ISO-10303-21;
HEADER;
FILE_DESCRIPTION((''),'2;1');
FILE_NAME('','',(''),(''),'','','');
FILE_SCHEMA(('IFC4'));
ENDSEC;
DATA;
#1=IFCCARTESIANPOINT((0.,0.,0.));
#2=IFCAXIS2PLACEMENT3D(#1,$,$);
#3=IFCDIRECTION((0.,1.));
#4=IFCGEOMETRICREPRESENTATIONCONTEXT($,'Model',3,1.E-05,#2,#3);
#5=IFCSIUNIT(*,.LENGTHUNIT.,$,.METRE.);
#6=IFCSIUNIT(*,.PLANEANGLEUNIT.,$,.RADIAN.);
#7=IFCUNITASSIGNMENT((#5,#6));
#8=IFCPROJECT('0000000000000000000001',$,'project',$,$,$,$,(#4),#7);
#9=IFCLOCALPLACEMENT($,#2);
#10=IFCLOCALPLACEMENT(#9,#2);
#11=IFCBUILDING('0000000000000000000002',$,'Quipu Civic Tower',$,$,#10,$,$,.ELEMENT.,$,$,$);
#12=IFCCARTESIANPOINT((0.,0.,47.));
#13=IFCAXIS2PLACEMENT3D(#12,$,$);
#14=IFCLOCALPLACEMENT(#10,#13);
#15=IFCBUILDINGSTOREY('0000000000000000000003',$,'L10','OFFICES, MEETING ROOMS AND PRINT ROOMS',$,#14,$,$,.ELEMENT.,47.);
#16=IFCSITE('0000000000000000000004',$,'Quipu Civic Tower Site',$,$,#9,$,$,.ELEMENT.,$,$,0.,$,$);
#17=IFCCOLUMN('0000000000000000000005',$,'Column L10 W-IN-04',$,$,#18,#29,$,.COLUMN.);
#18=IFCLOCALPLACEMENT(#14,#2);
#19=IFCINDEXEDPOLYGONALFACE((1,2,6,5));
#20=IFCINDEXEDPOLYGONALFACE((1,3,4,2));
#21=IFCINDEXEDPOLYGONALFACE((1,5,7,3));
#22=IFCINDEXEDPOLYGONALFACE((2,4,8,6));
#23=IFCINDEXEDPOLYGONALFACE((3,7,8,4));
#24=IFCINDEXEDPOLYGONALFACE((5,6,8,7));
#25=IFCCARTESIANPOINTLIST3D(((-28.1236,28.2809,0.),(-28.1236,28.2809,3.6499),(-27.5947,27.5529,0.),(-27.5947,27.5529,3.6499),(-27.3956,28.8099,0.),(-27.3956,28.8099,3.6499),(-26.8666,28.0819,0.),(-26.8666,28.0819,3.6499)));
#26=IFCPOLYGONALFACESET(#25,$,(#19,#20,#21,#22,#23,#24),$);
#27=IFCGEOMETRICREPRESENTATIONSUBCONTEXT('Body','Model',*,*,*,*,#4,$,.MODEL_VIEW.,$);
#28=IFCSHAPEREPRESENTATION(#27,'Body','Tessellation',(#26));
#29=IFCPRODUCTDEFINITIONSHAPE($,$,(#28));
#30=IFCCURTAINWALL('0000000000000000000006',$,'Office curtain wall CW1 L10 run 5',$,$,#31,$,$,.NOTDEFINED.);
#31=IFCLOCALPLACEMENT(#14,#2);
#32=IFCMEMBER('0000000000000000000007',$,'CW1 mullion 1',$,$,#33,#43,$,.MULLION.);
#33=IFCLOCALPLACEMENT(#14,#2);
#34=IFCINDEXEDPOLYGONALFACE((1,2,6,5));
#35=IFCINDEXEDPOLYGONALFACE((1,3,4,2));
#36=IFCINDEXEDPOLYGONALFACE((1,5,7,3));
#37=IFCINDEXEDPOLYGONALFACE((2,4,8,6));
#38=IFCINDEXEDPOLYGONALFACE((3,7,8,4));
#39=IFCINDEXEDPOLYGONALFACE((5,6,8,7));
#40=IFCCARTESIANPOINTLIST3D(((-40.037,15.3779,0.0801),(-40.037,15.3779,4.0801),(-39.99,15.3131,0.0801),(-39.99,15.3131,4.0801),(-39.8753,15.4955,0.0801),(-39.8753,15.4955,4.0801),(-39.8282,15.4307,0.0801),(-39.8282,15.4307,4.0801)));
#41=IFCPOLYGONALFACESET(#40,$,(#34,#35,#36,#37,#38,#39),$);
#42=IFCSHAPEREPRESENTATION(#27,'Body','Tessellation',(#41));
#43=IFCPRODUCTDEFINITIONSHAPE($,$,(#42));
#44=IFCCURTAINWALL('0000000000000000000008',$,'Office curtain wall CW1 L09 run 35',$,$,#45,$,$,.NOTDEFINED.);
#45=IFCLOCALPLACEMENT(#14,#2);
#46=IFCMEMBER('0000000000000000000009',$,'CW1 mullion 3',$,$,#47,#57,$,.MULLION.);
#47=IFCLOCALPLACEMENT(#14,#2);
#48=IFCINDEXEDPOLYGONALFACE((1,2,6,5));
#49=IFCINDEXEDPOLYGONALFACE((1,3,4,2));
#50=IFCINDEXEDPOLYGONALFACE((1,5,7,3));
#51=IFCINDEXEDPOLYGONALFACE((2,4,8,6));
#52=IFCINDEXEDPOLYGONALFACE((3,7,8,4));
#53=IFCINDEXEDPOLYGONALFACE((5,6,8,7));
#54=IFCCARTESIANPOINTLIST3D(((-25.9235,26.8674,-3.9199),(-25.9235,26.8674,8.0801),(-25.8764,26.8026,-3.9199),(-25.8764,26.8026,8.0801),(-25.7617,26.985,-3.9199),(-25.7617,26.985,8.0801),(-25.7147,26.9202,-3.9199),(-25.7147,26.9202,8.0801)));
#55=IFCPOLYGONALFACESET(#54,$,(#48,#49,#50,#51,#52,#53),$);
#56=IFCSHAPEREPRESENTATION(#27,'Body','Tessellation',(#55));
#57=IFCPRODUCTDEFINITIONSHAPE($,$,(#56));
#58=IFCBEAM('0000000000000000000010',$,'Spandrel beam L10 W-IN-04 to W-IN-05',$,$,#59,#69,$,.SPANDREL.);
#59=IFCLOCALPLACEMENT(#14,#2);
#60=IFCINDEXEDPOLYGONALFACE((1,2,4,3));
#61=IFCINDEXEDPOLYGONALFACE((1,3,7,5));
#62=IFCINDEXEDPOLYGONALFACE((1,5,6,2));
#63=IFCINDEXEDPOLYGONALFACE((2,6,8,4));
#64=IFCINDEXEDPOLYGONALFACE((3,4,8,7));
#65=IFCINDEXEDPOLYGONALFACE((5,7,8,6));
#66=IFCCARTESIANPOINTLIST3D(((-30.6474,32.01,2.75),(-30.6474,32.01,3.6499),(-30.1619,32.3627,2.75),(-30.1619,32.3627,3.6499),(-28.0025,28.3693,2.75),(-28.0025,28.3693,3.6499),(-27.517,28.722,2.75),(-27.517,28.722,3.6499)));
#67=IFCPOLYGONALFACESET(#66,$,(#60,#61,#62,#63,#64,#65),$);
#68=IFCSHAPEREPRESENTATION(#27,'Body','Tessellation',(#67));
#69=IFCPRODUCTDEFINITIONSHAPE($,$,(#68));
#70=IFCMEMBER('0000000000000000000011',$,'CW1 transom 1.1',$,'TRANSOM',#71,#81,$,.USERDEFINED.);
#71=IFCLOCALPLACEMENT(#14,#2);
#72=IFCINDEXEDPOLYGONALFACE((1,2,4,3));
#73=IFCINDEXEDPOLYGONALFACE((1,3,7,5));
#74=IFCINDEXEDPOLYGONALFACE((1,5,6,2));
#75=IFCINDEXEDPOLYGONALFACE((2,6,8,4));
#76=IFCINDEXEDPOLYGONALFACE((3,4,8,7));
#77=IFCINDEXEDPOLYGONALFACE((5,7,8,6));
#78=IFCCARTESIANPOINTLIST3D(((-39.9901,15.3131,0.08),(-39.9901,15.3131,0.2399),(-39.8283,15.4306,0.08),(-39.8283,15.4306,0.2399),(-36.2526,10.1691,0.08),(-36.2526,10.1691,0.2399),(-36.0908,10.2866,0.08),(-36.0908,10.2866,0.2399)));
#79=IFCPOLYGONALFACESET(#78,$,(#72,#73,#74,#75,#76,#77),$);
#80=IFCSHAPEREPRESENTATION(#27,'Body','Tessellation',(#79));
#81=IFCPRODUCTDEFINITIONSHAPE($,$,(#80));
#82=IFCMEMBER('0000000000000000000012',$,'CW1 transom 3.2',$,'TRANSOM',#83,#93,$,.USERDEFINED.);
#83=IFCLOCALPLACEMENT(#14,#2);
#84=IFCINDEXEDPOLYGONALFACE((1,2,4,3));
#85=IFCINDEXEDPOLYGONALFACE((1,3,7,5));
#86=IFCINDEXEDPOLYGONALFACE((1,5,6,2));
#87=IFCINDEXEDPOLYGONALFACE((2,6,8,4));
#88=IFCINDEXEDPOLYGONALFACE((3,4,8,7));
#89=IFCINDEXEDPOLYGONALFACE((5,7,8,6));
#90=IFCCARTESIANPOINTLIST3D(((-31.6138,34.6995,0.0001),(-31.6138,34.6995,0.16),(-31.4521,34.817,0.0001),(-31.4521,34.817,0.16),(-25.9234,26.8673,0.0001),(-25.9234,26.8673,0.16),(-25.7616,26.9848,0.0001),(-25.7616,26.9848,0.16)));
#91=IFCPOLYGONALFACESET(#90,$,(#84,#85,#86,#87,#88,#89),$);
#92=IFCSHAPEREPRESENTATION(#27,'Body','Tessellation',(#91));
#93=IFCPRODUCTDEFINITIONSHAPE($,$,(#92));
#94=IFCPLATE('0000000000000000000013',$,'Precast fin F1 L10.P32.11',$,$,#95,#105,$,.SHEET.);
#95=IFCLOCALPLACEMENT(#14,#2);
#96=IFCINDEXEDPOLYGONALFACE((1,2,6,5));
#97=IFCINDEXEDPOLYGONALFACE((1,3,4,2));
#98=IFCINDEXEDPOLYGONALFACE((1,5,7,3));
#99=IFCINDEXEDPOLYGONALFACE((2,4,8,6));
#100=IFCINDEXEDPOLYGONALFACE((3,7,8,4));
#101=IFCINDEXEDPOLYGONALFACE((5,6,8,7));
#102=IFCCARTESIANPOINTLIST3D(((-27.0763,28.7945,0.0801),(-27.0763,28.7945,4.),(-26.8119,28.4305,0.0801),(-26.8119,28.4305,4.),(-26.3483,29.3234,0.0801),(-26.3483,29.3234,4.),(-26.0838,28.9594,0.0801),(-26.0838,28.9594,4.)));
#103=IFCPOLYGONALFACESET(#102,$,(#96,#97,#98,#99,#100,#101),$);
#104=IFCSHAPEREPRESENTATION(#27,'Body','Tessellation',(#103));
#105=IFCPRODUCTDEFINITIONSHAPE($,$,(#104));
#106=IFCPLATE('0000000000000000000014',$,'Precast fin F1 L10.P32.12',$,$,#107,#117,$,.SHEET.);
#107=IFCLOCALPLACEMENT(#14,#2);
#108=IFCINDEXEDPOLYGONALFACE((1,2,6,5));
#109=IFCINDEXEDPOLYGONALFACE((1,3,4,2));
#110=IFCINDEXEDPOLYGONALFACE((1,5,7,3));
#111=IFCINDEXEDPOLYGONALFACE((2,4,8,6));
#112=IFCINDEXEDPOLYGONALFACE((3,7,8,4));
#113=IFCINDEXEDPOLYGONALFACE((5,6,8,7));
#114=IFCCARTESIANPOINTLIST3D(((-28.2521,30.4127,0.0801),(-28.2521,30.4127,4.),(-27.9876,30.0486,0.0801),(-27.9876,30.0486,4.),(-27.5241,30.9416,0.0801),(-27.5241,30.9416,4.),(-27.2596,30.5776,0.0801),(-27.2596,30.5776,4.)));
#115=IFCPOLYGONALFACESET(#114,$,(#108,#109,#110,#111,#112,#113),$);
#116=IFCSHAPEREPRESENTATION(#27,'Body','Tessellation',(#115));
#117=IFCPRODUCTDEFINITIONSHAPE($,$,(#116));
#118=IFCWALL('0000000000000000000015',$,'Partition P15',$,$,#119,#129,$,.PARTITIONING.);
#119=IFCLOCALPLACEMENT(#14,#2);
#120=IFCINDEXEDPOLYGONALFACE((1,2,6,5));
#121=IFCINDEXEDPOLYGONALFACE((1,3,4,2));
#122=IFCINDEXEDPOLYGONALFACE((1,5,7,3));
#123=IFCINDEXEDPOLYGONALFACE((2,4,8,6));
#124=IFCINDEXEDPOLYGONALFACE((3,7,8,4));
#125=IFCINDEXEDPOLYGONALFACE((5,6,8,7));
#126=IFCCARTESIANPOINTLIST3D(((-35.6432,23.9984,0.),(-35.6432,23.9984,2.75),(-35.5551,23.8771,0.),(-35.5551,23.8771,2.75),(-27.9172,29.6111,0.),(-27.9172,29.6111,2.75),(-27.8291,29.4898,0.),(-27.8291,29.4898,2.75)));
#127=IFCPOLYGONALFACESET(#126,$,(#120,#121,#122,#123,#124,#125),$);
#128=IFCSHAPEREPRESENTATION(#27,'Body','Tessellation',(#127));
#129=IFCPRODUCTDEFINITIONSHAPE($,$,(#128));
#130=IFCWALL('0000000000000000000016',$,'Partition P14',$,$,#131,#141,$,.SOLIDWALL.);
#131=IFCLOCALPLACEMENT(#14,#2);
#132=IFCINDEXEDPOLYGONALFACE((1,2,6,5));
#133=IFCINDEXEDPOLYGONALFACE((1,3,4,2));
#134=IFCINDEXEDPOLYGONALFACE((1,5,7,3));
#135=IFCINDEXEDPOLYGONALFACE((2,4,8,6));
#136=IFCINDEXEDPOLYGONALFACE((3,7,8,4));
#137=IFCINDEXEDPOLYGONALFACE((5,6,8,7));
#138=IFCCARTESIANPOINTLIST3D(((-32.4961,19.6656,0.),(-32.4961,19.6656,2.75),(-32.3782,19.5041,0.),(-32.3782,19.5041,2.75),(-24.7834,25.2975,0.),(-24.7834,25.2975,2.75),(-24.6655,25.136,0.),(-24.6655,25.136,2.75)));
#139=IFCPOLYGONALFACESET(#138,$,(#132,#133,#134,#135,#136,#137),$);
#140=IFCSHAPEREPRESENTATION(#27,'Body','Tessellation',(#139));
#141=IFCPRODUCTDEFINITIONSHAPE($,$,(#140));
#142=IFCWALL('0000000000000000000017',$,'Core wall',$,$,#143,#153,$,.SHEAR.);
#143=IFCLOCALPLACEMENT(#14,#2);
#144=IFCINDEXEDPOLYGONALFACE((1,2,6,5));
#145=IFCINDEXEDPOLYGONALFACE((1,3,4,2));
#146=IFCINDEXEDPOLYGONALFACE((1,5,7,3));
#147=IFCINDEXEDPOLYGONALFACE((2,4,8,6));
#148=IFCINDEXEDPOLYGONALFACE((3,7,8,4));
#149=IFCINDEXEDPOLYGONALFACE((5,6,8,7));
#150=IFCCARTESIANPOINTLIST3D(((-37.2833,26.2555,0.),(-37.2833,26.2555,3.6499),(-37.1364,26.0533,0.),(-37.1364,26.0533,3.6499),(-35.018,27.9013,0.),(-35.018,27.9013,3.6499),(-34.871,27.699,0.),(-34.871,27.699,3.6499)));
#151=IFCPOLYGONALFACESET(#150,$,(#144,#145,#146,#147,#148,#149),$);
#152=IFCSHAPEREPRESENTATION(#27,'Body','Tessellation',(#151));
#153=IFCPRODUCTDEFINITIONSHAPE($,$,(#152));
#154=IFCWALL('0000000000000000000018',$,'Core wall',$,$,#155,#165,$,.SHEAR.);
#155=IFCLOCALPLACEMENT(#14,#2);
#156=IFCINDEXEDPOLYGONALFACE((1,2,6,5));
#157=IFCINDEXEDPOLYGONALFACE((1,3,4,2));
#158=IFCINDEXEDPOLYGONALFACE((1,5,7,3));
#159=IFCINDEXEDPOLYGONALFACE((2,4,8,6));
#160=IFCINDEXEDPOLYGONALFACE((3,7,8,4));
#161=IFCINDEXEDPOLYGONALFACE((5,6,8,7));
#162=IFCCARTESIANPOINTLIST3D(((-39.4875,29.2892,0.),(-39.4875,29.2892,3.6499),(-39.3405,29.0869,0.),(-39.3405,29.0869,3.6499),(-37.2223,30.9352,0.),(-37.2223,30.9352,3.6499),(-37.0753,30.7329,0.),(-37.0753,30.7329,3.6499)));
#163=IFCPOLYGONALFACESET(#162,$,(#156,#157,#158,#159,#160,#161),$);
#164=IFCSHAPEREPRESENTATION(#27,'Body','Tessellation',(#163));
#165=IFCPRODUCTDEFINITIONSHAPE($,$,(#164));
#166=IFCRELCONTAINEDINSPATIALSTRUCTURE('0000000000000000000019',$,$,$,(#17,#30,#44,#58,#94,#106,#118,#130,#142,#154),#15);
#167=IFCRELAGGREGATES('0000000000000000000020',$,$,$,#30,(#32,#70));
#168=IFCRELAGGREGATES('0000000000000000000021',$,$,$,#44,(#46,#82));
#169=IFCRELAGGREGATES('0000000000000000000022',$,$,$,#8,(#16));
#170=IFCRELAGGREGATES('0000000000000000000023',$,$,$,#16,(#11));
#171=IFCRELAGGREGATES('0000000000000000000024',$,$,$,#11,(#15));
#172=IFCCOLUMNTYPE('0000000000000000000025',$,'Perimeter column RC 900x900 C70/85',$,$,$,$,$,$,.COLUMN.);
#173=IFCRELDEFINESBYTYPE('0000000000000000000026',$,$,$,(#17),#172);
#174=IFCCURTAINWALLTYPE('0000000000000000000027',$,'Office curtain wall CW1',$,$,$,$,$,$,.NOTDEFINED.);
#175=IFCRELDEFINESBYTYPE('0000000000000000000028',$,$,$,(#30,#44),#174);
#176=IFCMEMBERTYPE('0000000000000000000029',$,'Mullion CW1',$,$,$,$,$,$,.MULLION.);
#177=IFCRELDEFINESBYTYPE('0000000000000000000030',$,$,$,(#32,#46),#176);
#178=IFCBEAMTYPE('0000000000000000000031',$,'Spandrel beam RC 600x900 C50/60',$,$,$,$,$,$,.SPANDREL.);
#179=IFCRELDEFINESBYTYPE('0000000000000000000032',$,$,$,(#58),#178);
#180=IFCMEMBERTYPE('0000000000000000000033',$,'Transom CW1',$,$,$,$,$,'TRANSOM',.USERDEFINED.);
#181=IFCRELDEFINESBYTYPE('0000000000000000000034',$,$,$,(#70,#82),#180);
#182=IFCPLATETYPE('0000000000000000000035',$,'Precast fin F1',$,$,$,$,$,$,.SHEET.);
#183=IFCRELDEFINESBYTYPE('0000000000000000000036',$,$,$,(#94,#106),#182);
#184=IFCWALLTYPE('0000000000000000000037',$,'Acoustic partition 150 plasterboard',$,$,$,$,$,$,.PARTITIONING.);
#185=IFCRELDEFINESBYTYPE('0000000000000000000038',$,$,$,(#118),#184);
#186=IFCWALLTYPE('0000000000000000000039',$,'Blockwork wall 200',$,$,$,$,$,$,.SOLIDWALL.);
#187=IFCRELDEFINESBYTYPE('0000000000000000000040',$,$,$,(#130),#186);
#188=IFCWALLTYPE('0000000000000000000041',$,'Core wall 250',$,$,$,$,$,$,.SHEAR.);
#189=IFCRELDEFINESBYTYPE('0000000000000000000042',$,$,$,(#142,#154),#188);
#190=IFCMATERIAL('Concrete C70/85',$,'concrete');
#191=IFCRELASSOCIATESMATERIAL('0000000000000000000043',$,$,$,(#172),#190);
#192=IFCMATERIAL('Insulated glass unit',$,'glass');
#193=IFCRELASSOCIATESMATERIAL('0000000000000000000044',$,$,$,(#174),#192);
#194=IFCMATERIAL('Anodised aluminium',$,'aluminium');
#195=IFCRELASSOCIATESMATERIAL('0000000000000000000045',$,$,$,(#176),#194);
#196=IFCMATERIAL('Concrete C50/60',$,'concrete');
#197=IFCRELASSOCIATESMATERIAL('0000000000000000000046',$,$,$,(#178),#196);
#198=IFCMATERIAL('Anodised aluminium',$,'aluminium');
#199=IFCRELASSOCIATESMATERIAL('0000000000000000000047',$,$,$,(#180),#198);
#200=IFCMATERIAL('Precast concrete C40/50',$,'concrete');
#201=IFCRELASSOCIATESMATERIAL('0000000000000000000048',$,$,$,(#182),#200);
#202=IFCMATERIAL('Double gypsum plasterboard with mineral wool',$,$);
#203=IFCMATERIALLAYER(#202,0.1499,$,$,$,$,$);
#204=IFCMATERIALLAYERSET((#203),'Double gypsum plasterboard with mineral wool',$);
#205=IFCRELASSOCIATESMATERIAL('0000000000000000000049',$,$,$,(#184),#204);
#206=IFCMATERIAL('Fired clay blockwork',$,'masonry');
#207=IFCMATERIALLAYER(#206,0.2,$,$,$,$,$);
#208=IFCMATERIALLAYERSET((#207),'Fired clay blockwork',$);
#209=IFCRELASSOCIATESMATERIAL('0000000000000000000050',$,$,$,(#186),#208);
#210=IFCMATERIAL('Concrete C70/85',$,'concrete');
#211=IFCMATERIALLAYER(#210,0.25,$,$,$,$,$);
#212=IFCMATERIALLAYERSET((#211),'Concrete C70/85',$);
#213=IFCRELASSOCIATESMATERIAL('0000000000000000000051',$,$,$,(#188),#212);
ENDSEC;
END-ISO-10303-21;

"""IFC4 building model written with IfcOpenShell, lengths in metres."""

from ifc_helpers import new_model, si_unit, direction, frame, frame_2d, origin, origin_2d, place, context, subcontext, project, spatial, rectangle, extrude, material, layer, layer_set, material_profile, profile_set, type_object, element, aggregate, save


model = new_model("IFC4")

# Units and contexts
model_context = context("Model", 3, precision=1e-05, world=origin(), true_north=direction((0.0, 1.0)))
body_context = subcontext(model_context, "Body", "Model", "MODEL_VIEW")
ifc_project = project(units=[si_unit("LENGTHUNIT", "METRE"), si_unit("PLANEANGLEUNIT", "RADIAN")], contexts=[model_context])

# Site, building, storey
site_placement = place(None, origin())
site = spatial("IfcSite", under=ifc_project, at=site_placement, Name="Quipu Civic Tower Site", CompositionType="ELEMENT", RefElevation=0.0)
building_placement = place(site_placement, origin())
building = spatial("IfcBuilding", under=site, at=building_placement, Name="Quipu Civic Tower", CompositionType="ELEMENT")
storey_placement = place(building_placement, frame((0.0, 0.0, 47.0)))
storey = spatial("IfcBuildingStorey", under=building, at=storey_placement, Name="L10", Description="OFFICES, MEETING ROOMS AND PRINT ROOMS", CompositionType="ELEMENT", Elevation=47.0)

# Column
ifc_material_1 = material(Name="Concrete C70/85", Category="concrete")
ifc_material_profile_1 = material_profile(ifc_material_1, rectangle(XDim=0.8999, YDim=0.8999, at=origin_2d()), Name="RC900x900")
ifc_profile_set_1 = profile_set([ifc_material_profile_1], Name="Concrete C70/85")
column_type = type_object("IfcColumnType", Name="Perimeter column RC 900x900 C70/85", PredefinedType="COLUMN", material=ifc_profile_set_1)
column_placement = place(storey_placement, frame((-27.4951, 28.1814, 0.0), z_axis=(0.0, 0.0, 1.0), x_axis=(-0.587785, 0.809017, 0.0)))
element("IfcColumn", 1, at=column_placement, inside=storey, type_object=column_type, Name="Column L10 W-IN-04", PredefinedType="COLUMN", context=body_context, shape_type="SweptSolid", body=[
    extrude(rectangle(XDim=0.8999, YDim=0.8999, at=origin_2d()), origin(), (0.0, 0.0, 1.0), 3.6499),
])

# Curtain walls, members
ifc_material_2 = material(Name="Insulated glass unit", Category="glass")
curtain_wall_type = type_object("IfcCurtainWallType", Name="Office curtain wall CW1", PredefinedType="NOTDEFINED", material=ifc_material_2)
curtain_wall_1_placement = place(storey_placement, origin())
curtain_wall_1 = element("IfcCurtainWall", 2, at=curtain_wall_1_placement, inside=storey, type_object=curtain_wall_type, Name="Office curtain wall CW1 L10 run 5", PredefinedType="NOTDEFINED")
ifc_material_3 = material(Name="Anodised aluminium", Category="aluminium")
ifc_material_profile_2 = material_profile(ifc_material_3, rectangle(XDim=0.2, YDim=0.0801, at=origin_2d()), Name="RECT 200x80")
ifc_profile_set_2 = profile_set([ifc_material_profile_2], Name="Anodised aluminium")
member_type_1 = type_object("IfcMemberType", Name="Mullion CW1", PredefinedType="MULLION", material=ifc_profile_set_2)
member_1_placement = place(storey_placement, frame((-39.9326, 15.4043, 0.0801), z_axis=(0.0, 0.0, 1.0), x_axis=(0.809019, 0.587783, 0.0)))
member_1 = element("IfcMember", 3, at=member_1_placement, type_object=member_type_1, Name="CW1 mullion 1", PredefinedType="MULLION", context=body_context, shape_type="SweptSolid", body=[
    extrude(rectangle(XDim=0.2, YDim=0.0801, at=origin_2d()), origin(), (0.0, 0.0, 1.0), 4.0),
])
curtain_wall_2_placement = place(storey_placement, origin())
curtain_wall_2 = element("IfcCurtainWall", 4, at=curtain_wall_2_placement, inside=storey, type_object=curtain_wall_type, Name="Office curtain wall CW1 L09 run 35", PredefinedType="NOTDEFINED")
member_2_placement = place(storey_placement, frame((-25.8191, 26.8938, -3.9199), z_axis=(0.0, 0.0, 1.0), x_axis=(-0.809017, -0.587786, 0.0)))
member_2 = element("IfcMember", 5, at=member_2_placement, type_object=member_type_1, Name="CW1 mullion 3", PredefinedType="MULLION", context=body_context, shape_type="SweptSolid", body=[
    extrude(rectangle(XDim=0.2, YDim=0.0801, at=origin_2d()), origin(), (0.0, 0.0, 1.0), 12.0),
])

# Beam
ifc_material_4 = material(Name="Concrete C50/60", Category="concrete")
ifc_material_profile_3 = material_profile(ifc_material_4, rectangle(XDim=0.6001, YDim=0.8999, at=origin_2d()), Name="RC600x900")
ifc_profile_set_3 = profile_set([ifc_material_profile_3], Name="Concrete C50/60")
beam_type = type_object("IfcBeamType", Name="Spandrel beam RC 600x900 C50/60", PredefinedType="SPANDREL", material=ifc_profile_set_3)
beam_placement = place(storey_placement, frame((-27.7598, 28.5457, 3.2), z_axis=(-0.587743, 0.809048, 0.0), x_axis=(-0.809048, -0.587743, 0.0)))
element("IfcBeam", 6, at=beam_placement, inside=storey, type_object=beam_type, Name="Spandrel beam L10 W-IN-04 to W-IN-05", PredefinedType="SPANDREL", context=body_context, shape_type="SweptSolid", body=[
    extrude(rectangle(XDim=0.6001, YDim=0.8999, at=origin_2d()), origin(), (0.0, 0.0, 1.0), 4.5),
])

# Members
ifc_material_5 = material(Name="Anodised aluminium", Category="aluminium")
ifc_material_profile_4 = material_profile(ifc_material_5, rectangle(XDim=0.2, YDim=0.1599, at=origin_2d()), Name="RECT 200x160")
ifc_profile_set_4 = profile_set([ifc_material_profile_4], Name="Anodised aluminium")
member_type_2 = type_object("IfcMemberType", Name="Transom CW1", ElementType="TRANSOM", PredefinedType="USERDEFINED", material=ifc_profile_set_4)
member_3_placement = place(storey_placement, frame((-39.9092, 15.3718, 0.1599), z_axis=(0.587804, -0.809003, 0.0), x_axis=(0.809003, 0.587804, 0.0)))
member_3 = element("IfcMember", 7, at=member_3_placement, type_object=member_type_2, Name="CW1 transom 1.1", ObjectType="TRANSOM", PredefinedType="USERDEFINED", context=body_context, shape_type="SweptSolid", body=[
    extrude(rectangle(XDim=0.2, YDim=0.1599, at=origin_2d()), origin(), (0.0, 0.0, 1.0), 6.3584),
])
aggregate(curtain_wall_1, [member_1, member_3])
member_4_placement = place(storey_placement, frame((-25.8425, 26.926, 0.0801), z_axis=(-0.587782, 0.80902, 0.0), x_axis=(-0.80902, -0.587782, 0.0)))
member_4 = element("IfcMember", 8, at=member_4_placement, type_object=member_type_2, Name="CW1 transom 3.2", ObjectType="TRANSOM", PredefinedType="USERDEFINED", context=body_context, shape_type="SweptSolid", body=[
    extrude(rectangle(XDim=0.2, YDim=0.1599, at=origin_2d()), origin(), (0.0, 0.0, 1.0), 9.6812),
])
aggregate(curtain_wall_2, [member_2, member_4])

# Plates
ifc_material_6 = material(Name="Precast concrete C40/50", Category="concrete")
plate_type = type_object("IfcPlateType", Name="Precast fin F1", PredefinedType="SHEET", material=ifc_material_6)
for number, where, z_axis, x_axis, name in (
    (9, (-26.5801, 28.877, 0.0801), (0.0, 0.0, 1.0), (-0.587785, 0.809017, 0.0), "Precast fin F1 L10.P32.11"),
    (10, (-27.7559, 30.4951, 0.0801), (0.0, 0.0, 1.0), (-0.587785, 0.809017, 0.0), "Precast fin F1 L10.P32.12"),
):
    element("IfcPlate", number, at=place(storey_placement, frame(where, z_axis=z_axis, x_axis=x_axis)), inside=storey, type_object=plate_type, Name=name, PredefinedType="SHEET", context=body_context, shape_type="SweptSolid", body=[
        extrude(rectangle(XDim=0.45, YDim=0.8999, at=origin_2d()), origin(), (0.0, 0.0, 1.0), 3.9199),
    ])

# Walls
ifc_material_7 = material(Name="Double gypsum plasterboard with mineral wool")
ifc_layer_1 = layer(ifc_material_7, 0.1499)
ifc_layer_set_1 = layer_set([ifc_layer_1], Name="Double gypsum plasterboard with mineral wool")
wall_type_1 = type_object("IfcWallType", Name="Acoustic partition 150 plasterboard", PredefinedType="PARTITIONING", material=ifc_layer_set_1)
wall_1_placement = place(storey_placement, frame((-27.873, 29.5505, 0.0), z_axis=(0.0, 0.0, 1.0), x_axis=(-0.809043, -0.587749, 0.0)))
element("IfcWall", 11, at=wall_1_placement, inside=storey, type_object=wall_type_1, Name="Partition P15", PredefinedType="PARTITIONING", context=body_context, shape_type="SweptSolid", body=[
    extrude(rectangle(XDim=9.5496, YDim=0.1499, at=frame_2d((4.7749, 0.0))), origin(), (0.0, 0.0, 1.0), 2.75),
])
ifc_material_8 = material(Name="Fired clay blockwork", Category="masonry")
ifc_layer_2 = layer(ifc_material_8, 0.2)
ifc_layer_set_2 = layer_set([ifc_layer_2], Name="Fired clay blockwork")
wall_type_2 = type_object("IfcWallType", Name="Blockwork wall 200", PredefinedType="SOLIDWALL", material=ifc_layer_set_2)
wall_2_placement = place(storey_placement, frame((-32.437, 19.585, 0.0), z_axis=(0.0, 0.0, 1.0), x_axis=(0.807607, 0.589721, 0.0)))
element("IfcWall", 12, at=wall_2_placement, inside=storey, type_object=wall_type_2, Name="Partition P14", PredefinedType="SOLIDWALL", context=body_context, shape_type="SweptSolid", body=[
    extrude(rectangle(XDim=9.55, YDim=0.2, at=frame_2d((4.7749, 0.0))), origin(), (0.0, 0.0, 1.0), 2.75),
])
ifc_material_9 = material(Name="Concrete C70/85", Category="concrete")
ifc_layer_3 = layer(ifc_material_9, 0.25)
ifc_layer_set_3 = layer_set([ifc_layer_3], Name="Concrete C70/85")
wall_type_3 = type_object("IfcWallType", Name="Core wall 250", PredefinedType="SHEAR", material=ifc_layer_set_3)
for number, where, z_axis, x_axis, name in (
    (13, (-34.9446, 27.8, 0.0), (0.0, 0.0, 1.0), (-0.809041, -0.587752, 0.0), "Core wall"),
    (14, (-37.1489, 30.834, 0.0), (0.0, 0.0, 1.0), (-0.80897, -0.58785, 0.0), "Core wall"),
):
    element("IfcWall", number, at=place(storey_placement, frame(where, z_axis=z_axis, x_axis=x_axis)), inside=storey, type_object=wall_type_3, Name=name, PredefinedType="SHEAR", context=body_context, shape_type="SweptSolid", body=[
        extrude(rectangle(XDim=2.8, YDim=0.25, at=frame_2d((1.3999, 0.0))), origin(), (0.0, 0.0, 1.0), 3.6499),
    ])

save(model, "model.ifc")
